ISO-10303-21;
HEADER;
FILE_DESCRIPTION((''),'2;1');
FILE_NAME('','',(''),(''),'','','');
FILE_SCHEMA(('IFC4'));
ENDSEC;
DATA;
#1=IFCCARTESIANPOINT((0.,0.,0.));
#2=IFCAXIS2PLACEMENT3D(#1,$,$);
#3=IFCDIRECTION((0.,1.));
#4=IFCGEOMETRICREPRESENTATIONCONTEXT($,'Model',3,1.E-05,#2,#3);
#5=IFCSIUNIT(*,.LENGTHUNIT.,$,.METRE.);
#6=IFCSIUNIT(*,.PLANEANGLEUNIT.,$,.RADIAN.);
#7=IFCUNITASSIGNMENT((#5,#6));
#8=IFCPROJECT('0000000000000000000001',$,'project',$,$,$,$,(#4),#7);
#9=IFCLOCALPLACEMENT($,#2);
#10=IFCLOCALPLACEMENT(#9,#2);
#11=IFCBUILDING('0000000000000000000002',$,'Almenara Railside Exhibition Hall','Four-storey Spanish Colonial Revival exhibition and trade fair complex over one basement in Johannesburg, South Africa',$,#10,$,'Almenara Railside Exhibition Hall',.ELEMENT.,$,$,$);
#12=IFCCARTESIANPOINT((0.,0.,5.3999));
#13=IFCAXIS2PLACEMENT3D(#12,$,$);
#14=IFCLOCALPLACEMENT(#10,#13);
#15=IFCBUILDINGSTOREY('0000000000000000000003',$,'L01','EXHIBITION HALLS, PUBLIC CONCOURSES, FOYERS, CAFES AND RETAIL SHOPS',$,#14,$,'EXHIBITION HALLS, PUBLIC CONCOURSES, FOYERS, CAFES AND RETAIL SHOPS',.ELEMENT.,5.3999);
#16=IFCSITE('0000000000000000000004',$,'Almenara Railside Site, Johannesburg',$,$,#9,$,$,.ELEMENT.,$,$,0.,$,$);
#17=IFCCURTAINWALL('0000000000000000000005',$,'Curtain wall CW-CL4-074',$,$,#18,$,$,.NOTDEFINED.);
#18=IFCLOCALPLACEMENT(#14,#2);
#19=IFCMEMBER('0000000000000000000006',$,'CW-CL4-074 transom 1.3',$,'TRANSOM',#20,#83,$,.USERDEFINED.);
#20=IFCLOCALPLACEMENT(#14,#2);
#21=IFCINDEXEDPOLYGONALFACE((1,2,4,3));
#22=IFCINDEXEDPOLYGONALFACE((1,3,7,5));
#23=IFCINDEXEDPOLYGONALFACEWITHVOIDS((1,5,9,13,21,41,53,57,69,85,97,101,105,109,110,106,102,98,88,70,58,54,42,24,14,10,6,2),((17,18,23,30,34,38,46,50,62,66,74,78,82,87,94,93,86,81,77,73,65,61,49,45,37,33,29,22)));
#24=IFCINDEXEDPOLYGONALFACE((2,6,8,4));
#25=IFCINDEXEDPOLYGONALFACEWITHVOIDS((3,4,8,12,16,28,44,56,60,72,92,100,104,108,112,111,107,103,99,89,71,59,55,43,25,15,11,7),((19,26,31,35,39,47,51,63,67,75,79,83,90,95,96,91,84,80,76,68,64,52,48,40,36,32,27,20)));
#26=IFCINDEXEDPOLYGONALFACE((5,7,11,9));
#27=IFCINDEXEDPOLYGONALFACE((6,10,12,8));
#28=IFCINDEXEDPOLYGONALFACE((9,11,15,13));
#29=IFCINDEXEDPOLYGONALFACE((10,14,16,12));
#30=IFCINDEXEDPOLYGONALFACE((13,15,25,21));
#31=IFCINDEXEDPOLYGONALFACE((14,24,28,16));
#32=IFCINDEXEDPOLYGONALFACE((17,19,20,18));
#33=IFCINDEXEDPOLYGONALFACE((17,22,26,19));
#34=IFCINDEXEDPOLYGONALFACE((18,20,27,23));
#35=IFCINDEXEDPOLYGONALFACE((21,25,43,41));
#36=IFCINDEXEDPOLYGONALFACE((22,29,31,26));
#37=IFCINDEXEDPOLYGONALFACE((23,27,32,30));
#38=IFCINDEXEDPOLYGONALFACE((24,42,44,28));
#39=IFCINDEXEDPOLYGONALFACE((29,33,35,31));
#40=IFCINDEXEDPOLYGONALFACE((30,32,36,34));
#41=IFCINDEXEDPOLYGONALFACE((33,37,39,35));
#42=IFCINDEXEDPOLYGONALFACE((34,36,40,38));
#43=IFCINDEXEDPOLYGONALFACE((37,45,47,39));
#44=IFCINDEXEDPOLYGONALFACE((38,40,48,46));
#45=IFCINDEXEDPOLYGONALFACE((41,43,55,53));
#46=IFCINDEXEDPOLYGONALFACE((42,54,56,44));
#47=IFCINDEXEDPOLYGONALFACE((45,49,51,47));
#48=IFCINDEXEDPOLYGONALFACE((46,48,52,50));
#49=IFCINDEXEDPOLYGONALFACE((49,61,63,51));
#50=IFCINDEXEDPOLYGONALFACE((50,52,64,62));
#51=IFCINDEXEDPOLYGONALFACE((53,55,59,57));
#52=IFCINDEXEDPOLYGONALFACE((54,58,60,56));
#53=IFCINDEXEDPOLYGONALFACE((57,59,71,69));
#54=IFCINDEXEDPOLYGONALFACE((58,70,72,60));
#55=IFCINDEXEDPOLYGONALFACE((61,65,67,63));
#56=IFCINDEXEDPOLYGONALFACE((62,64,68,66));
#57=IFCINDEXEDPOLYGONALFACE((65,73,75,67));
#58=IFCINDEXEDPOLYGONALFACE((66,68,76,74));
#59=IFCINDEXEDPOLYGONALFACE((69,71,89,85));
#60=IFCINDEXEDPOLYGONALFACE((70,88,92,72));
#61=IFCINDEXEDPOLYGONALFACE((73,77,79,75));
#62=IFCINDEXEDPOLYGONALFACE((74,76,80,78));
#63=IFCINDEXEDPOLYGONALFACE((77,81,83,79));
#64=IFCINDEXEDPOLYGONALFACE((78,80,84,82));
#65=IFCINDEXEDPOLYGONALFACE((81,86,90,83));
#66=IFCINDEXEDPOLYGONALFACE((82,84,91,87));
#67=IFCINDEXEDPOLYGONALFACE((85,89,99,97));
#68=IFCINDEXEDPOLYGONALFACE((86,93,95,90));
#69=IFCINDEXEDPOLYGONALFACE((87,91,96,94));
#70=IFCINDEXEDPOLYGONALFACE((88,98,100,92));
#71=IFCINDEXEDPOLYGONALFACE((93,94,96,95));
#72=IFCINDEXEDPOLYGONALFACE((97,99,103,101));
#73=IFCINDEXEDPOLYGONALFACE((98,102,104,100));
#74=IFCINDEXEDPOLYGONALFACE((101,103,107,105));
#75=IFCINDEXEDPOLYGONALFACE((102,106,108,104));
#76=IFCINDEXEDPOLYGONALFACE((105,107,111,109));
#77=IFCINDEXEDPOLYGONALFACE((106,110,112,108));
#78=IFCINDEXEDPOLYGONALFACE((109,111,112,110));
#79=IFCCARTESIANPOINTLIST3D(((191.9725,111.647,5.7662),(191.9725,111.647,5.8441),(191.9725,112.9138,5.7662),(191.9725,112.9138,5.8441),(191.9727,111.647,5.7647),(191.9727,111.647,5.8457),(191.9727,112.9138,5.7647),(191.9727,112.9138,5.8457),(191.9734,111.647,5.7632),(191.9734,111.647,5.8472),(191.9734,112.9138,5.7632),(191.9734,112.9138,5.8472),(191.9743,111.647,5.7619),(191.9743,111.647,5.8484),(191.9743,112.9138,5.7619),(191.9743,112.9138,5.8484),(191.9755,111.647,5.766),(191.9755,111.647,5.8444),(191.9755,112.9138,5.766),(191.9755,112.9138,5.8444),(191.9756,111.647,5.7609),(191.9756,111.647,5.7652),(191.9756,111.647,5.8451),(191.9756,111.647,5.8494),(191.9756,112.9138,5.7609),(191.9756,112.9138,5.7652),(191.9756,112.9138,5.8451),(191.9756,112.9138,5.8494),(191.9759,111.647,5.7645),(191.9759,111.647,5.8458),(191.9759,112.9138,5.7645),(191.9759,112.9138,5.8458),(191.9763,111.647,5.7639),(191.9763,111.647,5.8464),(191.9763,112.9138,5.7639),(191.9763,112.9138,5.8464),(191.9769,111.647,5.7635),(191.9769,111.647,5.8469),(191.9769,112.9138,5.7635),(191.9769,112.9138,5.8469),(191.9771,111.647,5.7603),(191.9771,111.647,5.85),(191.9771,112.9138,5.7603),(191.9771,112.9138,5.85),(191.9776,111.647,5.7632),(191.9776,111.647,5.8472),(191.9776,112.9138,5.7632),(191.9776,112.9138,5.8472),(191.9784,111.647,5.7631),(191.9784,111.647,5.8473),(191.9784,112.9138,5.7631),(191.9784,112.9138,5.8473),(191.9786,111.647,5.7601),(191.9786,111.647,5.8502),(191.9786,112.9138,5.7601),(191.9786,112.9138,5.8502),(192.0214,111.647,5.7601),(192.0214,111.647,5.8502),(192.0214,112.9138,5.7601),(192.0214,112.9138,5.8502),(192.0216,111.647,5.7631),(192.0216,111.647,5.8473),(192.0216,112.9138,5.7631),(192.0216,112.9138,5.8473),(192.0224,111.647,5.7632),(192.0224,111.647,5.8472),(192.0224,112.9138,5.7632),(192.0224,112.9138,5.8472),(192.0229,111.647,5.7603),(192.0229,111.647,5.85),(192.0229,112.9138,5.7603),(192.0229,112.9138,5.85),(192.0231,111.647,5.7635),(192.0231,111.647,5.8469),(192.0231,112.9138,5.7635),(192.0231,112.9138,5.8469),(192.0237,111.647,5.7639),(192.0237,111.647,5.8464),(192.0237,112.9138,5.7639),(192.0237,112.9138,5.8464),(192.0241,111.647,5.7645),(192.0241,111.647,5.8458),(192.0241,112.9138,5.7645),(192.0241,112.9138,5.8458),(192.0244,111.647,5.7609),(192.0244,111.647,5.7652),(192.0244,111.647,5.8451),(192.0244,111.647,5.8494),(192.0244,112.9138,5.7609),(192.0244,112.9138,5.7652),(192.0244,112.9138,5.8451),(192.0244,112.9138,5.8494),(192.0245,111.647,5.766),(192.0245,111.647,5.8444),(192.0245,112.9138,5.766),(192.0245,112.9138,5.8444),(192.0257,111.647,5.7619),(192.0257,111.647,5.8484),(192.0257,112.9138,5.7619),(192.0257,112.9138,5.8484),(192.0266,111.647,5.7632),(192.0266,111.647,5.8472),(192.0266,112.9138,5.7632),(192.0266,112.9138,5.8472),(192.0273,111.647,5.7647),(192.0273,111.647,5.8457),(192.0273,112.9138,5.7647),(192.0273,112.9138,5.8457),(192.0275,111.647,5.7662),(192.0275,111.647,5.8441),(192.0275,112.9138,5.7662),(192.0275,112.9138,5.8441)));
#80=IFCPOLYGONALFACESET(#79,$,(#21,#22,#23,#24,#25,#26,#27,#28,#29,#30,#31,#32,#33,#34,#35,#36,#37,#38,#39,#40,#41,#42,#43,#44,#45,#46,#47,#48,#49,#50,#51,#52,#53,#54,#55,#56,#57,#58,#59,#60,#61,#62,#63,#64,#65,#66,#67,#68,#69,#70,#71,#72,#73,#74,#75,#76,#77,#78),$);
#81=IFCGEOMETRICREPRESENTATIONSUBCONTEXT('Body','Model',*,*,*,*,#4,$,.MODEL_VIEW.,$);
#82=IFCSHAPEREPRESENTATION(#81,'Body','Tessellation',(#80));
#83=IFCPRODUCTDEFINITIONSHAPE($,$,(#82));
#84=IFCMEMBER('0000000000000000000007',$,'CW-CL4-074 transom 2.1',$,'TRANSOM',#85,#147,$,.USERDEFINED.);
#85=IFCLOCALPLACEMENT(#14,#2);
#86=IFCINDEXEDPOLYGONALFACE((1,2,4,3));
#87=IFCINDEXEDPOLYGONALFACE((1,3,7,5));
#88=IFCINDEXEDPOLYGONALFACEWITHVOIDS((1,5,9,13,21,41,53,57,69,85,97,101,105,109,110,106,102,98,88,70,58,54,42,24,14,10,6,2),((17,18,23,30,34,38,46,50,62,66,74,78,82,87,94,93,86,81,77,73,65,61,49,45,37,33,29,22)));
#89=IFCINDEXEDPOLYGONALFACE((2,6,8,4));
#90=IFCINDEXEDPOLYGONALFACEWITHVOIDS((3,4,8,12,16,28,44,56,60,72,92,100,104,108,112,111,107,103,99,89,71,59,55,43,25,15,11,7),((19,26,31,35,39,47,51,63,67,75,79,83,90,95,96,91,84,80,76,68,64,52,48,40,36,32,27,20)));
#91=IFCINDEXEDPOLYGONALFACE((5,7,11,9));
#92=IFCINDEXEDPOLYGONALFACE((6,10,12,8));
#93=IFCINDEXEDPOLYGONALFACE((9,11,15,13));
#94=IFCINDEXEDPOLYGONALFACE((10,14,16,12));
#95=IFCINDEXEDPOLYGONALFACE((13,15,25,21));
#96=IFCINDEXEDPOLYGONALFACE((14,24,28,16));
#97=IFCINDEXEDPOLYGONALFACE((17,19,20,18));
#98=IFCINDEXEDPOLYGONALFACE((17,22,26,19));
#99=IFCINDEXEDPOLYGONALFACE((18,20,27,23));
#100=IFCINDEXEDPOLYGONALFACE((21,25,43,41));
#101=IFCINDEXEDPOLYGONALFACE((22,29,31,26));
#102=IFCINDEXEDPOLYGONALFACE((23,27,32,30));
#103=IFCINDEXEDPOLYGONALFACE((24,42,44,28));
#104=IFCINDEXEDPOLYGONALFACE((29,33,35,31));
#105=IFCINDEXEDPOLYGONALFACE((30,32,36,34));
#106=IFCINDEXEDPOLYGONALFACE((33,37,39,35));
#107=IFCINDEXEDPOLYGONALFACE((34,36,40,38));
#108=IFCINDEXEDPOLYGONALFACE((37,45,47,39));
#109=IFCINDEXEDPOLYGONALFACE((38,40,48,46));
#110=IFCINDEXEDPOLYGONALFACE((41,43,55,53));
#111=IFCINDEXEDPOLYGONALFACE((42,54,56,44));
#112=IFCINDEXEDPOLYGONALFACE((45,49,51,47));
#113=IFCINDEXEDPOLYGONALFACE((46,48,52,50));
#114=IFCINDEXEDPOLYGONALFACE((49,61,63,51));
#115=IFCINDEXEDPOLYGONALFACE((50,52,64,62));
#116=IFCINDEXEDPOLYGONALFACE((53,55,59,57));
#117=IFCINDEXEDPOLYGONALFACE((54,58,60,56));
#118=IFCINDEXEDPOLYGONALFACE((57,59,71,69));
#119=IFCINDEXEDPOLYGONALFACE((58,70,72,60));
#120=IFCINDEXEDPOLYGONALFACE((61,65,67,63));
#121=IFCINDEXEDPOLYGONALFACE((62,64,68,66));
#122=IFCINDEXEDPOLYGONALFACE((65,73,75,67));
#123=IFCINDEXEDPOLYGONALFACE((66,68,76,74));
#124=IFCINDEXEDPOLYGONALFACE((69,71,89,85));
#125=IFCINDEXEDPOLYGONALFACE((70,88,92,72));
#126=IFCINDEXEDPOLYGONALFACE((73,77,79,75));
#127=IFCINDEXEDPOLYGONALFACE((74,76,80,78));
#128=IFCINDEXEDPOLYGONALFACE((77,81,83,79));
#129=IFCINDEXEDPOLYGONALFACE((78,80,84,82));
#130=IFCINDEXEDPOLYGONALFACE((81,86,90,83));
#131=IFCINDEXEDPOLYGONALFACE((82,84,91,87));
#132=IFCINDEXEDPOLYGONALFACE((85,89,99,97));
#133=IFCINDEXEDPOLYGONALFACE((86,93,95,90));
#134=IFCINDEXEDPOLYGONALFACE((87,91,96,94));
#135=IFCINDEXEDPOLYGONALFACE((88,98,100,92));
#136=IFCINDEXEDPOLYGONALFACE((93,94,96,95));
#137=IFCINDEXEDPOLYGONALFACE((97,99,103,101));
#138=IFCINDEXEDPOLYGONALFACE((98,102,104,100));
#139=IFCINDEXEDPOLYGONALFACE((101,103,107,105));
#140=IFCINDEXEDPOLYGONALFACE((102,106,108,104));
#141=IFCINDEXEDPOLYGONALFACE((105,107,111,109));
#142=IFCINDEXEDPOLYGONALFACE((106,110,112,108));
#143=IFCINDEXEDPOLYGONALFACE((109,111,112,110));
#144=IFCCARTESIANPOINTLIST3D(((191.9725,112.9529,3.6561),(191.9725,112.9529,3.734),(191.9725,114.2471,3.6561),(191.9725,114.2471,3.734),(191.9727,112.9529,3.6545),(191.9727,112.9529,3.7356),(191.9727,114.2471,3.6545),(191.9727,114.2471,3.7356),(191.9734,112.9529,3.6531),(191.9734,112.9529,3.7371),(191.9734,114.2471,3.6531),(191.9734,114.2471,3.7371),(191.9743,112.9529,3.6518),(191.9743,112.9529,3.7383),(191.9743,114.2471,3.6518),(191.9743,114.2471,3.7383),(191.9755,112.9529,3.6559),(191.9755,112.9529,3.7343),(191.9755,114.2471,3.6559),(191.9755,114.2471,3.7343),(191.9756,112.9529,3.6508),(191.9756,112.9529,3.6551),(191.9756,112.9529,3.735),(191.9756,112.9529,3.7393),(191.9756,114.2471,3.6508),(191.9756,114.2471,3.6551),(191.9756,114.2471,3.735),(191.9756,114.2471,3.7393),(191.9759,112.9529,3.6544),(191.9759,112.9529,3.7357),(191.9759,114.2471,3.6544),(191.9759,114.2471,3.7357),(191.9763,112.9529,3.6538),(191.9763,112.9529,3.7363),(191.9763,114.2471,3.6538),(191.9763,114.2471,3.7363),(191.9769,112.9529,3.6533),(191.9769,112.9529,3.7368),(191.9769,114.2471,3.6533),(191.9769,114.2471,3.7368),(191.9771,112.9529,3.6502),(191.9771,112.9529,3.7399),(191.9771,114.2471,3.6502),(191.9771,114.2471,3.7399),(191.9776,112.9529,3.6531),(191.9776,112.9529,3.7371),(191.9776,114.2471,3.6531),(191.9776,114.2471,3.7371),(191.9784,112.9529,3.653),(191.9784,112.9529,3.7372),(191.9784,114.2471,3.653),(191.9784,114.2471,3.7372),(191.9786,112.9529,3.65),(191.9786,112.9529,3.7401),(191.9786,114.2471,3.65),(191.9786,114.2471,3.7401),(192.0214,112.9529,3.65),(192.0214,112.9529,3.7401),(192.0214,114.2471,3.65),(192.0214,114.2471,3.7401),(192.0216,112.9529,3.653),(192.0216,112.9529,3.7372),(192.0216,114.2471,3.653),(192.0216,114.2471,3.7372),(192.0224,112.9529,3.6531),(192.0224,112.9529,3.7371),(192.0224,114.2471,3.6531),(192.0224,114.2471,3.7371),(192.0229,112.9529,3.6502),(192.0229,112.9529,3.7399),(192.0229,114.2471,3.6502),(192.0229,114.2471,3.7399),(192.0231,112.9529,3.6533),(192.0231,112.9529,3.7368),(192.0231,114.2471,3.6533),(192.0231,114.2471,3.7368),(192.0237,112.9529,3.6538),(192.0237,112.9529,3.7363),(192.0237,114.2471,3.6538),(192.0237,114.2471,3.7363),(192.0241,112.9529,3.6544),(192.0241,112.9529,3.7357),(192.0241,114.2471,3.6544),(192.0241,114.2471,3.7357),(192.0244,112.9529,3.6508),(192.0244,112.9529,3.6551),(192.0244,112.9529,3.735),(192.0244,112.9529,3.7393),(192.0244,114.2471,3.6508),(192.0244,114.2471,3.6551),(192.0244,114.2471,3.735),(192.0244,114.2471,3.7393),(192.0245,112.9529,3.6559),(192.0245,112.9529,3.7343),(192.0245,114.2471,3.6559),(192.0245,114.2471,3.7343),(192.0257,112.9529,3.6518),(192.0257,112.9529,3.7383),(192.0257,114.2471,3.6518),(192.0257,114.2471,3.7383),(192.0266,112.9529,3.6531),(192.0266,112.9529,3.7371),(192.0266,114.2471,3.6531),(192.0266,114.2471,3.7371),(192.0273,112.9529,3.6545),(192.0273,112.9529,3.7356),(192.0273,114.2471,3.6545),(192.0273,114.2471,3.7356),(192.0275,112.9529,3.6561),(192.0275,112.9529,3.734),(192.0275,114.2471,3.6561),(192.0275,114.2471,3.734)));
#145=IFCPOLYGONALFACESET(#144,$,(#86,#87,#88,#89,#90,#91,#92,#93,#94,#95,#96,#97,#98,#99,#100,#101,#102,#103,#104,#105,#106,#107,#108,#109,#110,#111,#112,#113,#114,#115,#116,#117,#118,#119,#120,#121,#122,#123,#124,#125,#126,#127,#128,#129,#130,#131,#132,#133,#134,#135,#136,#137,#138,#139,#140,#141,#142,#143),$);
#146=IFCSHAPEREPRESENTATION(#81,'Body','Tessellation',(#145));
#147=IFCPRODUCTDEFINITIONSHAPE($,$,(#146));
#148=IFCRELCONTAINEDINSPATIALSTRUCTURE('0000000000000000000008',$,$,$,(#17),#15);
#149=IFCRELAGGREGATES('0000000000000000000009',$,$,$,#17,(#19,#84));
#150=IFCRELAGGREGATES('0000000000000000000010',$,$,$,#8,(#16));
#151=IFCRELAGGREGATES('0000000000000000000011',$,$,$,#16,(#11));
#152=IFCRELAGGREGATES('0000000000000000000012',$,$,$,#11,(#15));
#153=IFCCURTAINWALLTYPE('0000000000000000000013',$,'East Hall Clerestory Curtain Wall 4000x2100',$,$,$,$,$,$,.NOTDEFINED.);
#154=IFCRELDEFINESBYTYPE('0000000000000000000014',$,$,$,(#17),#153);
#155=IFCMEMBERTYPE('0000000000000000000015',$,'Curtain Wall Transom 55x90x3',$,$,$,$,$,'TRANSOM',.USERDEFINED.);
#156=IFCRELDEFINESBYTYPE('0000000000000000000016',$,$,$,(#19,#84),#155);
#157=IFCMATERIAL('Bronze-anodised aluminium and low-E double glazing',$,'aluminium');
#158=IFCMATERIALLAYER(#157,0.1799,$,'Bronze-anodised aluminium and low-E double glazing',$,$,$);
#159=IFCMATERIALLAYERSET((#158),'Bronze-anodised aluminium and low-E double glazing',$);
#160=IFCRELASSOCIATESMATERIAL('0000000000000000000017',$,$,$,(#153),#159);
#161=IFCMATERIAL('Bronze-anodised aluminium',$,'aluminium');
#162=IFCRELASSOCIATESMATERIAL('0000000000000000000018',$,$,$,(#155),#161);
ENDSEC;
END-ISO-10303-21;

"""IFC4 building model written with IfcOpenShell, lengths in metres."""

from ifc_helpers import new_model, si_unit, direction, frame, origin, origin_2d, place, context, subcontext, project, spatial, hollow_rectangle, extrude, material, layer, layer_set, material_profile, profile_set, type_object, element, aggregate, save


model = new_model("IFC4")

# Units and contexts
model_context = context("Model", 3, precision=1e-05, world=origin(), true_north=direction((0.0, 1.0)))
body_context = subcontext(model_context, "Body", "Model", "MODEL_VIEW")
ifc_project = project(units=[si_unit("LENGTHUNIT", "METRE"), si_unit("PLANEANGLEUNIT", "RADIAN")], contexts=[model_context])

# Site, building, storey
site_placement = place(None, origin())
site = spatial("IfcSite", under=ifc_project, at=site_placement, Name="Almenara Railside Site, Johannesburg", CompositionType="ELEMENT", RefElevation=0.0)
building_placement = place(site_placement, origin())
building = spatial("IfcBuilding", under=site, at=building_placement, Name="Almenara Railside Exhibition Hall", Description="Four-storey Spanish Colonial Revival exhibition and trade fair complex over one basement in Johannesburg, South Africa", LongName="Almenara Railside Exhibition Hall", CompositionType="ELEMENT")
storey_placement = place(building_placement, frame((0.0, 0.0, 5.3999)))
storey = spatial("IfcBuildingStorey", under=building, at=storey_placement, Name="L01", Description="EXHIBITION HALLS, PUBLIC CONCOURSES, FOYERS, CAFES AND RETAIL SHOPS", LongName="EXHIBITION HALLS, PUBLIC CONCOURSES, FOYERS, CAFES AND RETAIL SHOPS", CompositionType="ELEMENT", Elevation=5.3999)

# Curtain wall
ifc_material_1 = material(Name="Bronze-anodised aluminium and low-E double glazing", Category="aluminium")
ifc_layer_1 = layer(ifc_material_1, 0.1799, Name="Bronze-anodised aluminium and low-E double glazing")
ifc_layer_set_1 = layer_set([ifc_layer_1], Name="Bronze-anodised aluminium and low-E double glazing")
curtain_wall_type = type_object("IfcCurtainWallType", Name="East Hall Clerestory Curtain Wall 4000x2100", PredefinedType="NOTDEFINED", material=ifc_layer_set_1)
curtain_wall_1_placement = place(storey_placement, origin())
curtain_wall_1 = element("IfcCurtainWall", 1, at=curtain_wall_1_placement, inside=storey, type_object=curtain_wall_type, Name="Curtain wall CW-CL4-074", PredefinedType="NOTDEFINED")
ifc_material_2 = material(Name="Bronze-anodised aluminium", Category="aluminium")

# Members
ifc_material_profile_1 = material_profile(ifc_material_2, hollow_rectangle(XDim=0.0549, YDim=0.0901, WallThickness=0.0029, InnerFilletRadius=0.0029, OuterFilletRadius=0.0061, at=origin_2d()), Name="ALU-TRN 55x90x3")
ifc_profile_set_1 = profile_set([ifc_material_profile_1], Name="Bronze-anodised aluminium")
member_type_1 = type_object("IfcMemberType", Name="Curtain Wall Transom 55x90x3", ElementType="TRANSOM", PredefinedType="USERDEFINED", material=ifc_profile_set_1)
member_1_placement = place(storey_placement, frame((192.0, 111.647, 5.8052), z_axis=(0.0, 1.0, 0.0), x_axis=(-1.0, 0.0, 0.0)))
member_1 = element("IfcMember", 2, at=member_1_placement, type_object=member_type_1, Name="CW-CL4-074 transom 1.3", ObjectType="TRANSOM", PredefinedType="USERDEFINED", context=body_context, shape_type="SweptSolid", body=[
    extrude(hollow_rectangle(XDim=0.0549, YDim=0.0901, WallThickness=0.0029, InnerFilletRadius=0.0029, OuterFilletRadius=0.0061, at=origin_2d()), origin(), (0.0, 0.0, 1.0), 1.2668),
])
member_2_placement = place(storey_placement, frame((192.0, 112.9529, 3.6951), z_axis=(0.0, 1.0, 0.0), x_axis=(-1.0, 0.0, 0.0)))
member_2 = element("IfcMember", 3, at=member_2_placement, type_object=member_type_1, Name="CW-CL4-074 transom 2.1", ObjectType="TRANSOM", PredefinedType="USERDEFINED", context=body_context, shape_type="SweptSolid", body=[
    extrude(hollow_rectangle(XDim=0.0549, YDim=0.0901, WallThickness=0.0029, InnerFilletRadius=0.0029, OuterFilletRadius=0.0061, at=origin_2d()), origin(), (0.0, 0.0, 1.0), 1.2942),
])

aggregate(curtain_wall_1, [member_1, member_2])

save(model, "model.ifc")
